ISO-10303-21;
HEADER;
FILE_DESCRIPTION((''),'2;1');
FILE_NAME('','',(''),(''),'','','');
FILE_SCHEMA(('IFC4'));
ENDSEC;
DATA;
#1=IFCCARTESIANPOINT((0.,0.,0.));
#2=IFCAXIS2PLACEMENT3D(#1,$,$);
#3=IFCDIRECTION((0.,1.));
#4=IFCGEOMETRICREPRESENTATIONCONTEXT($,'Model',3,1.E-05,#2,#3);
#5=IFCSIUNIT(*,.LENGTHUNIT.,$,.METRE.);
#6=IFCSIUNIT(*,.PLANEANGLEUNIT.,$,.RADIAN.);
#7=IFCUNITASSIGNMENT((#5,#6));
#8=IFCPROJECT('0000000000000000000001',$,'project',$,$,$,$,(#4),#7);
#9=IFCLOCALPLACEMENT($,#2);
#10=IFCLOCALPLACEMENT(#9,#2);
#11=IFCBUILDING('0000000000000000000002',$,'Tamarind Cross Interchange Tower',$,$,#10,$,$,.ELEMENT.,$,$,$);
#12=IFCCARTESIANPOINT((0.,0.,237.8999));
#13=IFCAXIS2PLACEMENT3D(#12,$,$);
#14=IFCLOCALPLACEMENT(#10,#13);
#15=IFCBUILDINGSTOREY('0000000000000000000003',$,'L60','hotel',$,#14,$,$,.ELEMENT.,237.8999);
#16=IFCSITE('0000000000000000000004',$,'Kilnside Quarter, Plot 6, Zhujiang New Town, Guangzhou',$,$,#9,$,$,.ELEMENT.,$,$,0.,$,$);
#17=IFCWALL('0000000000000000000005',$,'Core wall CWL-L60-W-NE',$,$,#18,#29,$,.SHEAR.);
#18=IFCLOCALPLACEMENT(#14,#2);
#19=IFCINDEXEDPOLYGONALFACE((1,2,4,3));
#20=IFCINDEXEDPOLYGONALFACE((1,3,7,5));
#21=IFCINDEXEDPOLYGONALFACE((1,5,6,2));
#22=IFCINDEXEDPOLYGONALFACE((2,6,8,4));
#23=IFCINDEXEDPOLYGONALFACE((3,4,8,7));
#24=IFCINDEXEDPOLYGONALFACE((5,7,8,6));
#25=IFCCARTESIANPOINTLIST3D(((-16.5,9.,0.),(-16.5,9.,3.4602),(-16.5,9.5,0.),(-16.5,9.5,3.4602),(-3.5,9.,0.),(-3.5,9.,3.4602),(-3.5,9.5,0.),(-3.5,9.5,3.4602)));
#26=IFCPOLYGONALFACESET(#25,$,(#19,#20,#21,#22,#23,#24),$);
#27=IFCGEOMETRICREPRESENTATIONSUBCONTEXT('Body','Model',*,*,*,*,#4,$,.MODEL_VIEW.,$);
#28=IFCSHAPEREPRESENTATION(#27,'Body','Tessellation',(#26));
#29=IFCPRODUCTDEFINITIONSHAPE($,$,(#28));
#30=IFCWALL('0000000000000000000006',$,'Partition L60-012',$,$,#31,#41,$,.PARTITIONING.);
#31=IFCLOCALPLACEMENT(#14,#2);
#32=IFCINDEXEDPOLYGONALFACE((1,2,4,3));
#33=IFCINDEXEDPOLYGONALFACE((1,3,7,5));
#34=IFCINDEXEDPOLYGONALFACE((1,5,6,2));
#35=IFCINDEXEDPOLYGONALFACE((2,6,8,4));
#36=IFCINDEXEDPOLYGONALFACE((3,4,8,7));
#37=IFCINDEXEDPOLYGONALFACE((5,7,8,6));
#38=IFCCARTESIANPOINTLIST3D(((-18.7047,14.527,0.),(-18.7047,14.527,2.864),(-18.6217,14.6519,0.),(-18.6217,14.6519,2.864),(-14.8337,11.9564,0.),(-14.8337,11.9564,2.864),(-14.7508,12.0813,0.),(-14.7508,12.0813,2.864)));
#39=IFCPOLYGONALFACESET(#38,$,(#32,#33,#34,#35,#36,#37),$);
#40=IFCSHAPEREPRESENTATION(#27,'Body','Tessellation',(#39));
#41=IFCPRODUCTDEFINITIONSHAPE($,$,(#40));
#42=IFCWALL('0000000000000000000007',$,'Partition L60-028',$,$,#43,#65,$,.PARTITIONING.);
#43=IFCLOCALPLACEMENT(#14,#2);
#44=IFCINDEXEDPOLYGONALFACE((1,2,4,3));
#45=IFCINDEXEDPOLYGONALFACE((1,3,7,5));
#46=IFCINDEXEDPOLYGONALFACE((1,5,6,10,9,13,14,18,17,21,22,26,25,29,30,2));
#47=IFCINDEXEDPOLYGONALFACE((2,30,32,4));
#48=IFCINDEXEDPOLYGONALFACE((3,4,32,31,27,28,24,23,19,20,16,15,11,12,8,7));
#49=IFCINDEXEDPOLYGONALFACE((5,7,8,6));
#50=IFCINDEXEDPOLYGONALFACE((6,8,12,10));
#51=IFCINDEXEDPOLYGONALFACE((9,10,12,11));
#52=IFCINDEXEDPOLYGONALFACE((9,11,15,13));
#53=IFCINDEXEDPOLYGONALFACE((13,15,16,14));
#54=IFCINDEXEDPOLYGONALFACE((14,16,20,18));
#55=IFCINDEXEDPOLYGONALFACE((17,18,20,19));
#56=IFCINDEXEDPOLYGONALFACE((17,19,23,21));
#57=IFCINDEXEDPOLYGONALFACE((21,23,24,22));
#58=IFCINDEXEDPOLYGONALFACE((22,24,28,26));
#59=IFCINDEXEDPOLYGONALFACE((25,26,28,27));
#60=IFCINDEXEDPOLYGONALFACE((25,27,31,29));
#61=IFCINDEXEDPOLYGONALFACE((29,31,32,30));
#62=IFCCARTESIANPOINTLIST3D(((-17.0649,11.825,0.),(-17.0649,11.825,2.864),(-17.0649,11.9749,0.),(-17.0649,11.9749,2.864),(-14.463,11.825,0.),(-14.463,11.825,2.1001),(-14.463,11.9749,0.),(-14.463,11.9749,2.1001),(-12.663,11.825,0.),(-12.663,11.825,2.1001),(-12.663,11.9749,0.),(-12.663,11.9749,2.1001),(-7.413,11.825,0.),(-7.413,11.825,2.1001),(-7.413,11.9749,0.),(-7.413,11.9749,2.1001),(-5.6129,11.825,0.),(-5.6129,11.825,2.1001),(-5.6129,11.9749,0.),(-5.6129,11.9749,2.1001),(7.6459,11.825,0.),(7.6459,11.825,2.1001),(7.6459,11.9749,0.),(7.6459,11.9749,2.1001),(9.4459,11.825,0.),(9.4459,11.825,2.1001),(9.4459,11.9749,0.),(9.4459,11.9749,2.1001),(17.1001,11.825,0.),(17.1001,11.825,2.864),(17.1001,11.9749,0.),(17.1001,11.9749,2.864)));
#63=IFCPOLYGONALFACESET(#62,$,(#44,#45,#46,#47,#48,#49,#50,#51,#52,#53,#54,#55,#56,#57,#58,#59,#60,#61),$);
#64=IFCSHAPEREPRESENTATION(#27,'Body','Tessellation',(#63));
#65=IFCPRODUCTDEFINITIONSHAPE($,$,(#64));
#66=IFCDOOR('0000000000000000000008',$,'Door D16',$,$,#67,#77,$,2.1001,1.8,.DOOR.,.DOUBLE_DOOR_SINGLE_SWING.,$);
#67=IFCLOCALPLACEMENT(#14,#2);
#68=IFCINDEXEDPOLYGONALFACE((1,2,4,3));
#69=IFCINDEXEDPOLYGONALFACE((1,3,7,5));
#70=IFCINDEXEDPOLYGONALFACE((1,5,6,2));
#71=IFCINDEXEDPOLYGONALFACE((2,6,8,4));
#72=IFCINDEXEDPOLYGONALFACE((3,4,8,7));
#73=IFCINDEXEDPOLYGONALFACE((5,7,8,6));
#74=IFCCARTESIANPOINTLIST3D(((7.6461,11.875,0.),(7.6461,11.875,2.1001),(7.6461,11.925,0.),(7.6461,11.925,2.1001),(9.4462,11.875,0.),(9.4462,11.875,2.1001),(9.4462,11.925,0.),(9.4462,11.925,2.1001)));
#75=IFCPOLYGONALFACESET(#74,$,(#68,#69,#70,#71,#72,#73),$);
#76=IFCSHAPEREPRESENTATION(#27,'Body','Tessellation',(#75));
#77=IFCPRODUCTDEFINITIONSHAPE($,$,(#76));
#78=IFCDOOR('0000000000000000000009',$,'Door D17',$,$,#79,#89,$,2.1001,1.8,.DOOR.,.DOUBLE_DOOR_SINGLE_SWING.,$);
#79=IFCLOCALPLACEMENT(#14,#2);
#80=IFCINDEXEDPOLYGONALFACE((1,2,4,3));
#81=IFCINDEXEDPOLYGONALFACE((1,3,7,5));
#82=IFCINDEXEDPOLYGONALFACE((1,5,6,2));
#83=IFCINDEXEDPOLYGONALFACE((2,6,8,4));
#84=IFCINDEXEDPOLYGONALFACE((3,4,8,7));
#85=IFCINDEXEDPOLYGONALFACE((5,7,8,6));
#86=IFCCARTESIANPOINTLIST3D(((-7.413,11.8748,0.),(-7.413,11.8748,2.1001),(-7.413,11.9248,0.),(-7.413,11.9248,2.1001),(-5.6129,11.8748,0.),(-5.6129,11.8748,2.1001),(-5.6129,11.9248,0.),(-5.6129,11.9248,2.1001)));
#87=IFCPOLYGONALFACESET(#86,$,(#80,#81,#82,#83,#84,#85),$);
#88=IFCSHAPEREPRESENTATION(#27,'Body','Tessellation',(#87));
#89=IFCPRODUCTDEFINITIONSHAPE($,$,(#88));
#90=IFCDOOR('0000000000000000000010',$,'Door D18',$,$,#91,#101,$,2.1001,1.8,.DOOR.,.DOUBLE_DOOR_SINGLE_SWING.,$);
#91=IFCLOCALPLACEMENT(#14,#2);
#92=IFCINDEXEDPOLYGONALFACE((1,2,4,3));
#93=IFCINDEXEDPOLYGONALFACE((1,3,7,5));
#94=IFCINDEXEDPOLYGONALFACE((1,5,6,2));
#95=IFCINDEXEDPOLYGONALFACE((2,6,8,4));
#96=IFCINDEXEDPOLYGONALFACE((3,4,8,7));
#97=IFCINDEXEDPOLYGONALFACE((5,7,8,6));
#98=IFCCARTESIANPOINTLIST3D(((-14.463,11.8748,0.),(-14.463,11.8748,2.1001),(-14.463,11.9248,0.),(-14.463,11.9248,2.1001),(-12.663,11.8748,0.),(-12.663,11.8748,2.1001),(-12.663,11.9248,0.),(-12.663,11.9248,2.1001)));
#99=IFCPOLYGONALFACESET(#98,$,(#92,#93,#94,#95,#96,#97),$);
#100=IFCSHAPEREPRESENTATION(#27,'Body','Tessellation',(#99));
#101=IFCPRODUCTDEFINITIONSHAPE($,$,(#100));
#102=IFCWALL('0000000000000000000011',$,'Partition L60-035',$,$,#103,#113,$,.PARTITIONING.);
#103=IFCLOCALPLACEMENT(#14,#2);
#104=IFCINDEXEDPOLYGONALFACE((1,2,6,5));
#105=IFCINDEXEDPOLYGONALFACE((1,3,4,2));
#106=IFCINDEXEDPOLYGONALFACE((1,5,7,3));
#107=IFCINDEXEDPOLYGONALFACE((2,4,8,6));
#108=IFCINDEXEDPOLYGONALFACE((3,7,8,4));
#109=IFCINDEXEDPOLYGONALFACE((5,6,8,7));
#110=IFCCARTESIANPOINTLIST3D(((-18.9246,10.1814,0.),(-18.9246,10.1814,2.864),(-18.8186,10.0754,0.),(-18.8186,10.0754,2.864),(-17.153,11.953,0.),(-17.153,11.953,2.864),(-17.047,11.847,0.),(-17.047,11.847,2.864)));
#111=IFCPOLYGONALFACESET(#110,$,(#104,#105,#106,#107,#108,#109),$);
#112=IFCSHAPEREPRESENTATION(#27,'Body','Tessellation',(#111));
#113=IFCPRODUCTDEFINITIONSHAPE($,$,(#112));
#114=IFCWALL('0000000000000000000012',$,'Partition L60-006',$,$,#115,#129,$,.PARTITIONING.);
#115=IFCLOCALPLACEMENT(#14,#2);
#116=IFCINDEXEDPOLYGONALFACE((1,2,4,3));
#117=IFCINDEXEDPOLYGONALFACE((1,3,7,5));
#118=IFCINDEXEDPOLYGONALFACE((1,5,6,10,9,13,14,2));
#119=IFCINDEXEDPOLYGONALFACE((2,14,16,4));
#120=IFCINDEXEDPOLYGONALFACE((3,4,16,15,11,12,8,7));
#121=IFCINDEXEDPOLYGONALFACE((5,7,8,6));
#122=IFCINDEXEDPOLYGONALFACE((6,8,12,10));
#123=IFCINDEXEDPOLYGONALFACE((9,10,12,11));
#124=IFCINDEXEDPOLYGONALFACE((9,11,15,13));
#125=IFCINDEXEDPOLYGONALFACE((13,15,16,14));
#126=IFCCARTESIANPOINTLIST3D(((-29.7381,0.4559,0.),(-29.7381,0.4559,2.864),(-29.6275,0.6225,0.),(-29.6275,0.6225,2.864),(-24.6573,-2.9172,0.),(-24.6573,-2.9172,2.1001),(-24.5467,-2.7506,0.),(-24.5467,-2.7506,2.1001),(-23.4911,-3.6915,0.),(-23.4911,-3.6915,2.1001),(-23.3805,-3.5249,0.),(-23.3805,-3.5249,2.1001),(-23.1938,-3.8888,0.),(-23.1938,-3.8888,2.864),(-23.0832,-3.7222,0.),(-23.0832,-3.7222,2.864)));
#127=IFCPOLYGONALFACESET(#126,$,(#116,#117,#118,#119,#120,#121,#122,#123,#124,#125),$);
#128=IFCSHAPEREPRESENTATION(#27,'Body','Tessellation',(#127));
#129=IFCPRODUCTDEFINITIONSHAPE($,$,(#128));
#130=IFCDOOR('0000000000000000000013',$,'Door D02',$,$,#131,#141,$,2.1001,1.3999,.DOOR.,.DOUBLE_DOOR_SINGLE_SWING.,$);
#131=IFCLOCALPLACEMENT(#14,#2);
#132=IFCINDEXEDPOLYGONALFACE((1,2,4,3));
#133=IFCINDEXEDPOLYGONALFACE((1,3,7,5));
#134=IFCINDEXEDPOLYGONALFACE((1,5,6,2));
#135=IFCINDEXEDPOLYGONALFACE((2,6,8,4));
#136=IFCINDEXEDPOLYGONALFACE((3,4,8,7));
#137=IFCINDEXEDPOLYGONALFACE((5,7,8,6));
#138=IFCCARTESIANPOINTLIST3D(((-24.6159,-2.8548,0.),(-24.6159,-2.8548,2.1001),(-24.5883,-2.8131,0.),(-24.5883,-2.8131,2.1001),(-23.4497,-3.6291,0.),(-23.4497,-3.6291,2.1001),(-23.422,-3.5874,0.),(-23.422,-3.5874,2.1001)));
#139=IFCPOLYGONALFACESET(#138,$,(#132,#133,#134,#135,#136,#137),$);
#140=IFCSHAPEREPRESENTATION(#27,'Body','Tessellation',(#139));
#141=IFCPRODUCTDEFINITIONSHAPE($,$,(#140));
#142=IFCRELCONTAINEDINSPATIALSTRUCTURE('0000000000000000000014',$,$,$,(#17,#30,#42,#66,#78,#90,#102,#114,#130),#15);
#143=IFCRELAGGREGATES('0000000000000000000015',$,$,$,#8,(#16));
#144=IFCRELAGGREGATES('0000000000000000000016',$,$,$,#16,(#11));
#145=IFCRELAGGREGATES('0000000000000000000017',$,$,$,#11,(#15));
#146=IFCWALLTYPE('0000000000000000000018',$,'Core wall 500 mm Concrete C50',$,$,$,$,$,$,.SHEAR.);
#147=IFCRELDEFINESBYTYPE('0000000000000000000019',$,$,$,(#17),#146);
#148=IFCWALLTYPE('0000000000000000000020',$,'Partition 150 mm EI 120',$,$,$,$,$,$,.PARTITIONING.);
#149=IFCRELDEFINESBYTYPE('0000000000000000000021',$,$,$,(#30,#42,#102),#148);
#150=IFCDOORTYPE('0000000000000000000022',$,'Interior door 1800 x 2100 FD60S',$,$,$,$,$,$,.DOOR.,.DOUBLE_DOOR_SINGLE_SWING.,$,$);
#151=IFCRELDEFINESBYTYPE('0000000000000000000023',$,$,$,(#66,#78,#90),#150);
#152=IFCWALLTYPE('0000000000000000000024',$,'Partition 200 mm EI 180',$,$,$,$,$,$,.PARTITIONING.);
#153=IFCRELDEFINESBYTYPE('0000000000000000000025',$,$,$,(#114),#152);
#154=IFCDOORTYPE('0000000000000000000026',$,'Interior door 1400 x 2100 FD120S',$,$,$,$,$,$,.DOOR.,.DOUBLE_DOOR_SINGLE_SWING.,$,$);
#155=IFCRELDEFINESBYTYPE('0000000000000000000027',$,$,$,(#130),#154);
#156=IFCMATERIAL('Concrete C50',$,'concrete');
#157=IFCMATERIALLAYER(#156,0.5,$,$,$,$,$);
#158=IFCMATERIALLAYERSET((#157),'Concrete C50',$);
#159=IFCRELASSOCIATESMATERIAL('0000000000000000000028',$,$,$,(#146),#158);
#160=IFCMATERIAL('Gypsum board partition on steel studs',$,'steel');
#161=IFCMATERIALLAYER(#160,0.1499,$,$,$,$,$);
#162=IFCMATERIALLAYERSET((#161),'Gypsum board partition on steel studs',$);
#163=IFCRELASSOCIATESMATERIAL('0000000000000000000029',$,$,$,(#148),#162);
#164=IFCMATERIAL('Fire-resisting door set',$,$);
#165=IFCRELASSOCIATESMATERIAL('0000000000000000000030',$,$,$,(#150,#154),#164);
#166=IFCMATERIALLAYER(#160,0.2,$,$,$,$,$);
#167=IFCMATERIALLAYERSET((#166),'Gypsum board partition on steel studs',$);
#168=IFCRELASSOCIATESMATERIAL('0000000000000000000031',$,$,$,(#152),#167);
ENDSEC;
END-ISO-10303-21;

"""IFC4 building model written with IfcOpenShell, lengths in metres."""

from ifc_helpers import new_model, si_unit, direction, frame, frame_2d, origin, place, context, subcontext, project, spatial, rectangle, extrude, material, layer, layer_set, type_object, element, fill, save


model = new_model("IFC4")

# Units and contexts
model_context = context("Model", 3, precision=1e-05, world=origin(), true_north=direction((0.0, 1.0)))
body_context = subcontext(model_context, "Body", "Model", "MODEL_VIEW")
ifc_project = project(units=[si_unit("LENGTHUNIT", "METRE"), si_unit("PLANEANGLEUNIT", "RADIAN")], contexts=[model_context])

# Site, building, storey
site_placement = place(None, origin())
site = spatial("IfcSite", under=ifc_project, at=site_placement, Name="Kilnside Quarter, Plot 6, Zhujiang New Town, Guangzhou", CompositionType="ELEMENT", RefElevation=0.0)
building_placement = place(site_placement, origin())
building = spatial("IfcBuilding", under=site, at=building_placement, Name="Tamarind Cross Interchange Tower", CompositionType="ELEMENT")
storey_placement = place(building_placement, frame((0.0, 0.0, 237.8999)))
storey = spatial("IfcBuildingStorey", under=building, at=storey_placement, Name="L60", Description="hotel", CompositionType="ELEMENT", Elevation=237.8999)

# Shared definitions
ifc_material_1 = material(Name="Concrete C50", Category="concrete")

# Walls
ifc_layer_1 = layer(ifc_material_1, 0.5)
ifc_layer_set_1 = layer_set([ifc_layer_1], Name="Concrete C50")
wall_type_1 = type_object("IfcWallType", Name="Core wall 500 mm Concrete C50", PredefinedType="SHEAR", material=ifc_layer_set_1)
wall_1_placement = place(storey_placement, frame((-16.5, 9.25, 0.0), z_axis=(0.0, 0.0, 1.0), x_axis=(1.0, 0.0, 0.0)))
element("IfcWall", 1, at=wall_1_placement, inside=storey, type_object=wall_type_1, Name="Core wall CWL-L60-W-NE", PredefinedType="SHEAR", context=body_context, shape_type="SweptSolid", body=[
    extrude(rectangle(XDim=13.0, YDim=0.5, at=frame_2d((6.5, 0.0))), origin(), (0.0, 0.0, 1.0), 3.4602),
])
ifc_material_2 = material(Name="Gypsum board partition on steel studs", Category="steel")
ifc_layer_2 = layer(ifc_material_2, 0.1499)
ifc_layer_set_2 = layer_set([ifc_layer_2], Name="Gypsum board partition on steel studs")
wall_type_2 = type_object("IfcWallType", Name="Partition 150 mm EI 120", PredefinedType="PARTITIONING", material=ifc_layer_set_2)
wall_2_placement = place(storey_placement, frame((-18.6631, 14.5894, 0.0), z_axis=(0.0, 0.0, 1.0), x_axis=(0.833043, -0.553208, 0.0)))
element("IfcWall", 2, at=wall_2_placement, inside=storey, type_object=wall_type_2, Name="Partition L60-012", PredefinedType="PARTITIONING", context=body_context, shape_type="SweptSolid", body=[
    extrude(rectangle(XDim=4.6467, YDim=0.1499, at=frame_2d((2.3232, 0.0))), origin(), (0.0, 0.0, 1.0), 2.864),
])

# Wall, openings, doors
wall_3_placement = place(storey_placement, frame((-17.0649, 11.8999, 0.0), z_axis=(0.0, 0.0, 1.0), x_axis=(1.0, 0.0, 0.0)))
wall_3 = element("IfcWall", 3, at=wall_3_placement, inside=storey, type_object=wall_type_2, Name="Partition L60-028", PredefinedType="PARTITIONING", context=body_context, shape_type="SweptSolid", body=[
    extrude(rectangle(XDim=34.165, YDim=0.1499, at=frame_2d((17.0825, 0.0))), origin(), (0.0, 0.0, 1.0), 2.864),
])
opening_1_placement = place(wall_3_placement, frame((24.7109, 0.0, 0.0)))
opening_1 = element("IfcOpeningElement", 4, at=opening_1_placement, cuts=wall_3, PredefinedType="OPENING", context=body_context, shape_type="SweptSolid", body=[
    extrude(rectangle(XDim=1.8, YDim=2.1001, at=frame_2d((0.8999, 1.05))), frame((0.0, 0.085, 0.0), z_axis=(0.0, -1.0, 0.0), x_axis=(1.0, 0.0, 0.0)), (0.0, 0.0, 1.0), 0.1699),
])
opening_2_placement = place(wall_3_placement, frame((9.6521, 0.0, 0.0)))
opening_2 = element("IfcOpeningElement", 5, at=opening_2_placement, cuts=wall_3, PredefinedType="OPENING", context=body_context, shape_type="SweptSolid", body=[
    extrude(rectangle(XDim=1.8, YDim=2.1001, at=frame_2d((0.8999, 1.05))), frame((0.0, 0.085, 0.0), z_axis=(0.0, -1.0, 0.0), x_axis=(1.0, 0.0, 0.0)), (0.0, 0.0, 1.0), 0.1699),
])
opening_3_placement = place(wall_3_placement, frame((2.6021, 0.0, 0.0)))
opening_3 = element("IfcOpeningElement", 6, at=opening_3_placement, cuts=wall_3, PredefinedType="OPENING", context=body_context, shape_type="SweptSolid", body=[
    extrude(rectangle(XDim=1.8, YDim=2.1001, at=frame_2d((0.8999, 1.05))), frame((0.0, 0.085, 0.0), z_axis=(0.0, -1.0, 0.0), x_axis=(1.0, 0.0, 0.0)), (0.0, 0.0, 1.0), 0.1699),
])
ifc_material_3 = material(Name="Fire-resisting door set")
door_type_1 = type_object("IfcDoorType", Name="Interior door 1800 x 2100 FD60S", OperationType="DOUBLE_DOOR_SINGLE_SWING", PredefinedType="DOOR", material=ifc_material_3)
door_1_placement = place(opening_1_placement, frame((1.8, 0.0, 0.0), z_axis=(0.0, 0.0, 1.0), x_axis=(-1.0, 0.0, 0.0)))
door_1 = element("IfcDoor", 7, at=door_1_placement, inside=storey, type_object=door_type_1, Name="Door D16", OperationType="DOUBLE_DOOR_SINGLE_SWING", OverallHeight=2.1001, OverallWidth=1.8, PredefinedType="DOOR", context=body_context, shape_type="SweptSolid", body=[
    extrude(rectangle(XDim=1.8, YDim=2.1001, at=frame_2d((0.8999, 1.05))), frame((0.0, 0.0249, 0.0), z_axis=(0.0, -1.0, 0.0), x_axis=(1.0, 0.0, 0.0)), (0.0, 0.0, 1.0), 0.05),
])
fill(opening_1, door_1)
door_2_placement = place(opening_2_placement, origin())
door_2 = element("IfcDoor", 8, at=door_2_placement, inside=storey, type_object=door_type_1, Name="Door D17", OperationType="DOUBLE_DOOR_SINGLE_SWING", OverallHeight=2.1001, OverallWidth=1.8, PredefinedType="DOOR", context=body_context, shape_type="SweptSolid", body=[
    extrude(rectangle(XDim=1.8, YDim=2.1001, at=frame_2d((0.8999, 1.05))), frame((0.0, 0.0249, 0.0), z_axis=(0.0, -1.0, 0.0), x_axis=(1.0, 0.0, 0.0)), (0.0, 0.0, 1.0), 0.05),
])
fill(opening_2, door_2)
door_3_placement = place(opening_3_placement, origin())
door_3 = element("IfcDoor", 9, at=door_3_placement, inside=storey, type_object=door_type_1, Name="Door D18", OperationType="DOUBLE_DOOR_SINGLE_SWING", OverallHeight=2.1001, OverallWidth=1.8, PredefinedType="DOOR", context=body_context, shape_type="SweptSolid", body=[
    extrude(rectangle(XDim=1.8, YDim=2.1001, at=frame_2d((0.8999, 1.05))), frame((0.0, 0.0249, 0.0), z_axis=(0.0, -1.0, 0.0), x_axis=(1.0, 0.0, 0.0)), (0.0, 0.0, 1.0), 0.05),
])
fill(opening_3, door_3)

# Wall
wall_4_placement = place(storey_placement, frame((-18.8716, 10.1284, 0.0), z_axis=(0.0, 0.0, 1.0), x_axis=(0.707107, 0.707107, 0.0)))
element("IfcWall", 10, at=wall_4_placement, inside=storey, type_object=wall_type_2, Name="Partition L60-035", PredefinedType="PARTITIONING", context=body_context, shape_type="SweptSolid", body=[
    extrude(rectangle(XDim=2.5054, YDim=0.1499, at=frame_2d((1.2527, 0.0))), origin(), (0.0, 0.0, 1.0), 2.864),
])

# Wall, opening, door
ifc_layer_3 = layer(ifc_material_2, 0.2)
ifc_layer_set_3 = layer_set([ifc_layer_3], Name="Gypsum board partition on steel studs")
wall_type_3 = type_object("IfcWallType", Name="Partition 200 mm EI 180", PredefinedType="PARTITIONING", material=ifc_layer_set_3)
wall_5_placement = place(storey_placement, frame((-29.6829, 0.5393, 0.0), z_axis=(0.0, 0.0, 1.0), x_axis=(0.83311, -0.553107, 0.0)))
wall_5 = element("IfcWall", 11, at=wall_5_placement, inside=storey, type_object=wall_type_3, Name="Partition L60-006", PredefinedType="PARTITIONING", context=body_context, shape_type="SweptSolid", body=[
    extrude(rectangle(XDim=7.8552, YDim=0.2, at=frame_2d((3.9277, 0.0))), origin(), (0.0, 0.0, 1.0), 2.864),
])
opening_4_placement = place(wall_5_placement, frame((6.0986, 0.0, 0.0)))
opening_4 = element("IfcOpeningElement", 12, at=opening_4_placement, cuts=wall_5, PredefinedType="OPENING", context=body_context, shape_type="SweptSolid", body=[
    extrude(rectangle(XDim=1.3999, YDim=2.1001, at=frame_2d((0.7, 1.05))), frame((0.0, 0.1099, 0.0), z_axis=(0.0, -1.0, 0.0), x_axis=(1.0, 0.0, 0.0)), (0.0, 0.0, 1.0), 0.22),
])
door_type_2 = type_object("IfcDoorType", Name="Interior door 1400 x 2100 FD120S", OperationType="DOUBLE_DOOR_SINGLE_SWING", PredefinedType="DOOR", material=ifc_material_3)
door_4_placement = place(opening_4_placement, origin())
door_4 = element("IfcDoor", 13, at=door_4_placement, inside=storey, type_object=door_type_2, Name="Door D02", OperationType="DOUBLE_DOOR_SINGLE_SWING", OverallHeight=2.1001, OverallWidth=1.3999, PredefinedType="DOOR", context=body_context, shape_type="SweptSolid", body=[
    extrude(rectangle(XDim=1.3999, YDim=2.1001, at=frame_2d((0.7, 1.05))), frame((0.0, 0.0249, 0.0), z_axis=(0.0, -1.0, 0.0), x_axis=(1.0, 0.0, 0.0)), (0.0, 0.0, 1.0), 0.05),
])
fill(opening_4, door_4)

save(model, "model.ifc")
